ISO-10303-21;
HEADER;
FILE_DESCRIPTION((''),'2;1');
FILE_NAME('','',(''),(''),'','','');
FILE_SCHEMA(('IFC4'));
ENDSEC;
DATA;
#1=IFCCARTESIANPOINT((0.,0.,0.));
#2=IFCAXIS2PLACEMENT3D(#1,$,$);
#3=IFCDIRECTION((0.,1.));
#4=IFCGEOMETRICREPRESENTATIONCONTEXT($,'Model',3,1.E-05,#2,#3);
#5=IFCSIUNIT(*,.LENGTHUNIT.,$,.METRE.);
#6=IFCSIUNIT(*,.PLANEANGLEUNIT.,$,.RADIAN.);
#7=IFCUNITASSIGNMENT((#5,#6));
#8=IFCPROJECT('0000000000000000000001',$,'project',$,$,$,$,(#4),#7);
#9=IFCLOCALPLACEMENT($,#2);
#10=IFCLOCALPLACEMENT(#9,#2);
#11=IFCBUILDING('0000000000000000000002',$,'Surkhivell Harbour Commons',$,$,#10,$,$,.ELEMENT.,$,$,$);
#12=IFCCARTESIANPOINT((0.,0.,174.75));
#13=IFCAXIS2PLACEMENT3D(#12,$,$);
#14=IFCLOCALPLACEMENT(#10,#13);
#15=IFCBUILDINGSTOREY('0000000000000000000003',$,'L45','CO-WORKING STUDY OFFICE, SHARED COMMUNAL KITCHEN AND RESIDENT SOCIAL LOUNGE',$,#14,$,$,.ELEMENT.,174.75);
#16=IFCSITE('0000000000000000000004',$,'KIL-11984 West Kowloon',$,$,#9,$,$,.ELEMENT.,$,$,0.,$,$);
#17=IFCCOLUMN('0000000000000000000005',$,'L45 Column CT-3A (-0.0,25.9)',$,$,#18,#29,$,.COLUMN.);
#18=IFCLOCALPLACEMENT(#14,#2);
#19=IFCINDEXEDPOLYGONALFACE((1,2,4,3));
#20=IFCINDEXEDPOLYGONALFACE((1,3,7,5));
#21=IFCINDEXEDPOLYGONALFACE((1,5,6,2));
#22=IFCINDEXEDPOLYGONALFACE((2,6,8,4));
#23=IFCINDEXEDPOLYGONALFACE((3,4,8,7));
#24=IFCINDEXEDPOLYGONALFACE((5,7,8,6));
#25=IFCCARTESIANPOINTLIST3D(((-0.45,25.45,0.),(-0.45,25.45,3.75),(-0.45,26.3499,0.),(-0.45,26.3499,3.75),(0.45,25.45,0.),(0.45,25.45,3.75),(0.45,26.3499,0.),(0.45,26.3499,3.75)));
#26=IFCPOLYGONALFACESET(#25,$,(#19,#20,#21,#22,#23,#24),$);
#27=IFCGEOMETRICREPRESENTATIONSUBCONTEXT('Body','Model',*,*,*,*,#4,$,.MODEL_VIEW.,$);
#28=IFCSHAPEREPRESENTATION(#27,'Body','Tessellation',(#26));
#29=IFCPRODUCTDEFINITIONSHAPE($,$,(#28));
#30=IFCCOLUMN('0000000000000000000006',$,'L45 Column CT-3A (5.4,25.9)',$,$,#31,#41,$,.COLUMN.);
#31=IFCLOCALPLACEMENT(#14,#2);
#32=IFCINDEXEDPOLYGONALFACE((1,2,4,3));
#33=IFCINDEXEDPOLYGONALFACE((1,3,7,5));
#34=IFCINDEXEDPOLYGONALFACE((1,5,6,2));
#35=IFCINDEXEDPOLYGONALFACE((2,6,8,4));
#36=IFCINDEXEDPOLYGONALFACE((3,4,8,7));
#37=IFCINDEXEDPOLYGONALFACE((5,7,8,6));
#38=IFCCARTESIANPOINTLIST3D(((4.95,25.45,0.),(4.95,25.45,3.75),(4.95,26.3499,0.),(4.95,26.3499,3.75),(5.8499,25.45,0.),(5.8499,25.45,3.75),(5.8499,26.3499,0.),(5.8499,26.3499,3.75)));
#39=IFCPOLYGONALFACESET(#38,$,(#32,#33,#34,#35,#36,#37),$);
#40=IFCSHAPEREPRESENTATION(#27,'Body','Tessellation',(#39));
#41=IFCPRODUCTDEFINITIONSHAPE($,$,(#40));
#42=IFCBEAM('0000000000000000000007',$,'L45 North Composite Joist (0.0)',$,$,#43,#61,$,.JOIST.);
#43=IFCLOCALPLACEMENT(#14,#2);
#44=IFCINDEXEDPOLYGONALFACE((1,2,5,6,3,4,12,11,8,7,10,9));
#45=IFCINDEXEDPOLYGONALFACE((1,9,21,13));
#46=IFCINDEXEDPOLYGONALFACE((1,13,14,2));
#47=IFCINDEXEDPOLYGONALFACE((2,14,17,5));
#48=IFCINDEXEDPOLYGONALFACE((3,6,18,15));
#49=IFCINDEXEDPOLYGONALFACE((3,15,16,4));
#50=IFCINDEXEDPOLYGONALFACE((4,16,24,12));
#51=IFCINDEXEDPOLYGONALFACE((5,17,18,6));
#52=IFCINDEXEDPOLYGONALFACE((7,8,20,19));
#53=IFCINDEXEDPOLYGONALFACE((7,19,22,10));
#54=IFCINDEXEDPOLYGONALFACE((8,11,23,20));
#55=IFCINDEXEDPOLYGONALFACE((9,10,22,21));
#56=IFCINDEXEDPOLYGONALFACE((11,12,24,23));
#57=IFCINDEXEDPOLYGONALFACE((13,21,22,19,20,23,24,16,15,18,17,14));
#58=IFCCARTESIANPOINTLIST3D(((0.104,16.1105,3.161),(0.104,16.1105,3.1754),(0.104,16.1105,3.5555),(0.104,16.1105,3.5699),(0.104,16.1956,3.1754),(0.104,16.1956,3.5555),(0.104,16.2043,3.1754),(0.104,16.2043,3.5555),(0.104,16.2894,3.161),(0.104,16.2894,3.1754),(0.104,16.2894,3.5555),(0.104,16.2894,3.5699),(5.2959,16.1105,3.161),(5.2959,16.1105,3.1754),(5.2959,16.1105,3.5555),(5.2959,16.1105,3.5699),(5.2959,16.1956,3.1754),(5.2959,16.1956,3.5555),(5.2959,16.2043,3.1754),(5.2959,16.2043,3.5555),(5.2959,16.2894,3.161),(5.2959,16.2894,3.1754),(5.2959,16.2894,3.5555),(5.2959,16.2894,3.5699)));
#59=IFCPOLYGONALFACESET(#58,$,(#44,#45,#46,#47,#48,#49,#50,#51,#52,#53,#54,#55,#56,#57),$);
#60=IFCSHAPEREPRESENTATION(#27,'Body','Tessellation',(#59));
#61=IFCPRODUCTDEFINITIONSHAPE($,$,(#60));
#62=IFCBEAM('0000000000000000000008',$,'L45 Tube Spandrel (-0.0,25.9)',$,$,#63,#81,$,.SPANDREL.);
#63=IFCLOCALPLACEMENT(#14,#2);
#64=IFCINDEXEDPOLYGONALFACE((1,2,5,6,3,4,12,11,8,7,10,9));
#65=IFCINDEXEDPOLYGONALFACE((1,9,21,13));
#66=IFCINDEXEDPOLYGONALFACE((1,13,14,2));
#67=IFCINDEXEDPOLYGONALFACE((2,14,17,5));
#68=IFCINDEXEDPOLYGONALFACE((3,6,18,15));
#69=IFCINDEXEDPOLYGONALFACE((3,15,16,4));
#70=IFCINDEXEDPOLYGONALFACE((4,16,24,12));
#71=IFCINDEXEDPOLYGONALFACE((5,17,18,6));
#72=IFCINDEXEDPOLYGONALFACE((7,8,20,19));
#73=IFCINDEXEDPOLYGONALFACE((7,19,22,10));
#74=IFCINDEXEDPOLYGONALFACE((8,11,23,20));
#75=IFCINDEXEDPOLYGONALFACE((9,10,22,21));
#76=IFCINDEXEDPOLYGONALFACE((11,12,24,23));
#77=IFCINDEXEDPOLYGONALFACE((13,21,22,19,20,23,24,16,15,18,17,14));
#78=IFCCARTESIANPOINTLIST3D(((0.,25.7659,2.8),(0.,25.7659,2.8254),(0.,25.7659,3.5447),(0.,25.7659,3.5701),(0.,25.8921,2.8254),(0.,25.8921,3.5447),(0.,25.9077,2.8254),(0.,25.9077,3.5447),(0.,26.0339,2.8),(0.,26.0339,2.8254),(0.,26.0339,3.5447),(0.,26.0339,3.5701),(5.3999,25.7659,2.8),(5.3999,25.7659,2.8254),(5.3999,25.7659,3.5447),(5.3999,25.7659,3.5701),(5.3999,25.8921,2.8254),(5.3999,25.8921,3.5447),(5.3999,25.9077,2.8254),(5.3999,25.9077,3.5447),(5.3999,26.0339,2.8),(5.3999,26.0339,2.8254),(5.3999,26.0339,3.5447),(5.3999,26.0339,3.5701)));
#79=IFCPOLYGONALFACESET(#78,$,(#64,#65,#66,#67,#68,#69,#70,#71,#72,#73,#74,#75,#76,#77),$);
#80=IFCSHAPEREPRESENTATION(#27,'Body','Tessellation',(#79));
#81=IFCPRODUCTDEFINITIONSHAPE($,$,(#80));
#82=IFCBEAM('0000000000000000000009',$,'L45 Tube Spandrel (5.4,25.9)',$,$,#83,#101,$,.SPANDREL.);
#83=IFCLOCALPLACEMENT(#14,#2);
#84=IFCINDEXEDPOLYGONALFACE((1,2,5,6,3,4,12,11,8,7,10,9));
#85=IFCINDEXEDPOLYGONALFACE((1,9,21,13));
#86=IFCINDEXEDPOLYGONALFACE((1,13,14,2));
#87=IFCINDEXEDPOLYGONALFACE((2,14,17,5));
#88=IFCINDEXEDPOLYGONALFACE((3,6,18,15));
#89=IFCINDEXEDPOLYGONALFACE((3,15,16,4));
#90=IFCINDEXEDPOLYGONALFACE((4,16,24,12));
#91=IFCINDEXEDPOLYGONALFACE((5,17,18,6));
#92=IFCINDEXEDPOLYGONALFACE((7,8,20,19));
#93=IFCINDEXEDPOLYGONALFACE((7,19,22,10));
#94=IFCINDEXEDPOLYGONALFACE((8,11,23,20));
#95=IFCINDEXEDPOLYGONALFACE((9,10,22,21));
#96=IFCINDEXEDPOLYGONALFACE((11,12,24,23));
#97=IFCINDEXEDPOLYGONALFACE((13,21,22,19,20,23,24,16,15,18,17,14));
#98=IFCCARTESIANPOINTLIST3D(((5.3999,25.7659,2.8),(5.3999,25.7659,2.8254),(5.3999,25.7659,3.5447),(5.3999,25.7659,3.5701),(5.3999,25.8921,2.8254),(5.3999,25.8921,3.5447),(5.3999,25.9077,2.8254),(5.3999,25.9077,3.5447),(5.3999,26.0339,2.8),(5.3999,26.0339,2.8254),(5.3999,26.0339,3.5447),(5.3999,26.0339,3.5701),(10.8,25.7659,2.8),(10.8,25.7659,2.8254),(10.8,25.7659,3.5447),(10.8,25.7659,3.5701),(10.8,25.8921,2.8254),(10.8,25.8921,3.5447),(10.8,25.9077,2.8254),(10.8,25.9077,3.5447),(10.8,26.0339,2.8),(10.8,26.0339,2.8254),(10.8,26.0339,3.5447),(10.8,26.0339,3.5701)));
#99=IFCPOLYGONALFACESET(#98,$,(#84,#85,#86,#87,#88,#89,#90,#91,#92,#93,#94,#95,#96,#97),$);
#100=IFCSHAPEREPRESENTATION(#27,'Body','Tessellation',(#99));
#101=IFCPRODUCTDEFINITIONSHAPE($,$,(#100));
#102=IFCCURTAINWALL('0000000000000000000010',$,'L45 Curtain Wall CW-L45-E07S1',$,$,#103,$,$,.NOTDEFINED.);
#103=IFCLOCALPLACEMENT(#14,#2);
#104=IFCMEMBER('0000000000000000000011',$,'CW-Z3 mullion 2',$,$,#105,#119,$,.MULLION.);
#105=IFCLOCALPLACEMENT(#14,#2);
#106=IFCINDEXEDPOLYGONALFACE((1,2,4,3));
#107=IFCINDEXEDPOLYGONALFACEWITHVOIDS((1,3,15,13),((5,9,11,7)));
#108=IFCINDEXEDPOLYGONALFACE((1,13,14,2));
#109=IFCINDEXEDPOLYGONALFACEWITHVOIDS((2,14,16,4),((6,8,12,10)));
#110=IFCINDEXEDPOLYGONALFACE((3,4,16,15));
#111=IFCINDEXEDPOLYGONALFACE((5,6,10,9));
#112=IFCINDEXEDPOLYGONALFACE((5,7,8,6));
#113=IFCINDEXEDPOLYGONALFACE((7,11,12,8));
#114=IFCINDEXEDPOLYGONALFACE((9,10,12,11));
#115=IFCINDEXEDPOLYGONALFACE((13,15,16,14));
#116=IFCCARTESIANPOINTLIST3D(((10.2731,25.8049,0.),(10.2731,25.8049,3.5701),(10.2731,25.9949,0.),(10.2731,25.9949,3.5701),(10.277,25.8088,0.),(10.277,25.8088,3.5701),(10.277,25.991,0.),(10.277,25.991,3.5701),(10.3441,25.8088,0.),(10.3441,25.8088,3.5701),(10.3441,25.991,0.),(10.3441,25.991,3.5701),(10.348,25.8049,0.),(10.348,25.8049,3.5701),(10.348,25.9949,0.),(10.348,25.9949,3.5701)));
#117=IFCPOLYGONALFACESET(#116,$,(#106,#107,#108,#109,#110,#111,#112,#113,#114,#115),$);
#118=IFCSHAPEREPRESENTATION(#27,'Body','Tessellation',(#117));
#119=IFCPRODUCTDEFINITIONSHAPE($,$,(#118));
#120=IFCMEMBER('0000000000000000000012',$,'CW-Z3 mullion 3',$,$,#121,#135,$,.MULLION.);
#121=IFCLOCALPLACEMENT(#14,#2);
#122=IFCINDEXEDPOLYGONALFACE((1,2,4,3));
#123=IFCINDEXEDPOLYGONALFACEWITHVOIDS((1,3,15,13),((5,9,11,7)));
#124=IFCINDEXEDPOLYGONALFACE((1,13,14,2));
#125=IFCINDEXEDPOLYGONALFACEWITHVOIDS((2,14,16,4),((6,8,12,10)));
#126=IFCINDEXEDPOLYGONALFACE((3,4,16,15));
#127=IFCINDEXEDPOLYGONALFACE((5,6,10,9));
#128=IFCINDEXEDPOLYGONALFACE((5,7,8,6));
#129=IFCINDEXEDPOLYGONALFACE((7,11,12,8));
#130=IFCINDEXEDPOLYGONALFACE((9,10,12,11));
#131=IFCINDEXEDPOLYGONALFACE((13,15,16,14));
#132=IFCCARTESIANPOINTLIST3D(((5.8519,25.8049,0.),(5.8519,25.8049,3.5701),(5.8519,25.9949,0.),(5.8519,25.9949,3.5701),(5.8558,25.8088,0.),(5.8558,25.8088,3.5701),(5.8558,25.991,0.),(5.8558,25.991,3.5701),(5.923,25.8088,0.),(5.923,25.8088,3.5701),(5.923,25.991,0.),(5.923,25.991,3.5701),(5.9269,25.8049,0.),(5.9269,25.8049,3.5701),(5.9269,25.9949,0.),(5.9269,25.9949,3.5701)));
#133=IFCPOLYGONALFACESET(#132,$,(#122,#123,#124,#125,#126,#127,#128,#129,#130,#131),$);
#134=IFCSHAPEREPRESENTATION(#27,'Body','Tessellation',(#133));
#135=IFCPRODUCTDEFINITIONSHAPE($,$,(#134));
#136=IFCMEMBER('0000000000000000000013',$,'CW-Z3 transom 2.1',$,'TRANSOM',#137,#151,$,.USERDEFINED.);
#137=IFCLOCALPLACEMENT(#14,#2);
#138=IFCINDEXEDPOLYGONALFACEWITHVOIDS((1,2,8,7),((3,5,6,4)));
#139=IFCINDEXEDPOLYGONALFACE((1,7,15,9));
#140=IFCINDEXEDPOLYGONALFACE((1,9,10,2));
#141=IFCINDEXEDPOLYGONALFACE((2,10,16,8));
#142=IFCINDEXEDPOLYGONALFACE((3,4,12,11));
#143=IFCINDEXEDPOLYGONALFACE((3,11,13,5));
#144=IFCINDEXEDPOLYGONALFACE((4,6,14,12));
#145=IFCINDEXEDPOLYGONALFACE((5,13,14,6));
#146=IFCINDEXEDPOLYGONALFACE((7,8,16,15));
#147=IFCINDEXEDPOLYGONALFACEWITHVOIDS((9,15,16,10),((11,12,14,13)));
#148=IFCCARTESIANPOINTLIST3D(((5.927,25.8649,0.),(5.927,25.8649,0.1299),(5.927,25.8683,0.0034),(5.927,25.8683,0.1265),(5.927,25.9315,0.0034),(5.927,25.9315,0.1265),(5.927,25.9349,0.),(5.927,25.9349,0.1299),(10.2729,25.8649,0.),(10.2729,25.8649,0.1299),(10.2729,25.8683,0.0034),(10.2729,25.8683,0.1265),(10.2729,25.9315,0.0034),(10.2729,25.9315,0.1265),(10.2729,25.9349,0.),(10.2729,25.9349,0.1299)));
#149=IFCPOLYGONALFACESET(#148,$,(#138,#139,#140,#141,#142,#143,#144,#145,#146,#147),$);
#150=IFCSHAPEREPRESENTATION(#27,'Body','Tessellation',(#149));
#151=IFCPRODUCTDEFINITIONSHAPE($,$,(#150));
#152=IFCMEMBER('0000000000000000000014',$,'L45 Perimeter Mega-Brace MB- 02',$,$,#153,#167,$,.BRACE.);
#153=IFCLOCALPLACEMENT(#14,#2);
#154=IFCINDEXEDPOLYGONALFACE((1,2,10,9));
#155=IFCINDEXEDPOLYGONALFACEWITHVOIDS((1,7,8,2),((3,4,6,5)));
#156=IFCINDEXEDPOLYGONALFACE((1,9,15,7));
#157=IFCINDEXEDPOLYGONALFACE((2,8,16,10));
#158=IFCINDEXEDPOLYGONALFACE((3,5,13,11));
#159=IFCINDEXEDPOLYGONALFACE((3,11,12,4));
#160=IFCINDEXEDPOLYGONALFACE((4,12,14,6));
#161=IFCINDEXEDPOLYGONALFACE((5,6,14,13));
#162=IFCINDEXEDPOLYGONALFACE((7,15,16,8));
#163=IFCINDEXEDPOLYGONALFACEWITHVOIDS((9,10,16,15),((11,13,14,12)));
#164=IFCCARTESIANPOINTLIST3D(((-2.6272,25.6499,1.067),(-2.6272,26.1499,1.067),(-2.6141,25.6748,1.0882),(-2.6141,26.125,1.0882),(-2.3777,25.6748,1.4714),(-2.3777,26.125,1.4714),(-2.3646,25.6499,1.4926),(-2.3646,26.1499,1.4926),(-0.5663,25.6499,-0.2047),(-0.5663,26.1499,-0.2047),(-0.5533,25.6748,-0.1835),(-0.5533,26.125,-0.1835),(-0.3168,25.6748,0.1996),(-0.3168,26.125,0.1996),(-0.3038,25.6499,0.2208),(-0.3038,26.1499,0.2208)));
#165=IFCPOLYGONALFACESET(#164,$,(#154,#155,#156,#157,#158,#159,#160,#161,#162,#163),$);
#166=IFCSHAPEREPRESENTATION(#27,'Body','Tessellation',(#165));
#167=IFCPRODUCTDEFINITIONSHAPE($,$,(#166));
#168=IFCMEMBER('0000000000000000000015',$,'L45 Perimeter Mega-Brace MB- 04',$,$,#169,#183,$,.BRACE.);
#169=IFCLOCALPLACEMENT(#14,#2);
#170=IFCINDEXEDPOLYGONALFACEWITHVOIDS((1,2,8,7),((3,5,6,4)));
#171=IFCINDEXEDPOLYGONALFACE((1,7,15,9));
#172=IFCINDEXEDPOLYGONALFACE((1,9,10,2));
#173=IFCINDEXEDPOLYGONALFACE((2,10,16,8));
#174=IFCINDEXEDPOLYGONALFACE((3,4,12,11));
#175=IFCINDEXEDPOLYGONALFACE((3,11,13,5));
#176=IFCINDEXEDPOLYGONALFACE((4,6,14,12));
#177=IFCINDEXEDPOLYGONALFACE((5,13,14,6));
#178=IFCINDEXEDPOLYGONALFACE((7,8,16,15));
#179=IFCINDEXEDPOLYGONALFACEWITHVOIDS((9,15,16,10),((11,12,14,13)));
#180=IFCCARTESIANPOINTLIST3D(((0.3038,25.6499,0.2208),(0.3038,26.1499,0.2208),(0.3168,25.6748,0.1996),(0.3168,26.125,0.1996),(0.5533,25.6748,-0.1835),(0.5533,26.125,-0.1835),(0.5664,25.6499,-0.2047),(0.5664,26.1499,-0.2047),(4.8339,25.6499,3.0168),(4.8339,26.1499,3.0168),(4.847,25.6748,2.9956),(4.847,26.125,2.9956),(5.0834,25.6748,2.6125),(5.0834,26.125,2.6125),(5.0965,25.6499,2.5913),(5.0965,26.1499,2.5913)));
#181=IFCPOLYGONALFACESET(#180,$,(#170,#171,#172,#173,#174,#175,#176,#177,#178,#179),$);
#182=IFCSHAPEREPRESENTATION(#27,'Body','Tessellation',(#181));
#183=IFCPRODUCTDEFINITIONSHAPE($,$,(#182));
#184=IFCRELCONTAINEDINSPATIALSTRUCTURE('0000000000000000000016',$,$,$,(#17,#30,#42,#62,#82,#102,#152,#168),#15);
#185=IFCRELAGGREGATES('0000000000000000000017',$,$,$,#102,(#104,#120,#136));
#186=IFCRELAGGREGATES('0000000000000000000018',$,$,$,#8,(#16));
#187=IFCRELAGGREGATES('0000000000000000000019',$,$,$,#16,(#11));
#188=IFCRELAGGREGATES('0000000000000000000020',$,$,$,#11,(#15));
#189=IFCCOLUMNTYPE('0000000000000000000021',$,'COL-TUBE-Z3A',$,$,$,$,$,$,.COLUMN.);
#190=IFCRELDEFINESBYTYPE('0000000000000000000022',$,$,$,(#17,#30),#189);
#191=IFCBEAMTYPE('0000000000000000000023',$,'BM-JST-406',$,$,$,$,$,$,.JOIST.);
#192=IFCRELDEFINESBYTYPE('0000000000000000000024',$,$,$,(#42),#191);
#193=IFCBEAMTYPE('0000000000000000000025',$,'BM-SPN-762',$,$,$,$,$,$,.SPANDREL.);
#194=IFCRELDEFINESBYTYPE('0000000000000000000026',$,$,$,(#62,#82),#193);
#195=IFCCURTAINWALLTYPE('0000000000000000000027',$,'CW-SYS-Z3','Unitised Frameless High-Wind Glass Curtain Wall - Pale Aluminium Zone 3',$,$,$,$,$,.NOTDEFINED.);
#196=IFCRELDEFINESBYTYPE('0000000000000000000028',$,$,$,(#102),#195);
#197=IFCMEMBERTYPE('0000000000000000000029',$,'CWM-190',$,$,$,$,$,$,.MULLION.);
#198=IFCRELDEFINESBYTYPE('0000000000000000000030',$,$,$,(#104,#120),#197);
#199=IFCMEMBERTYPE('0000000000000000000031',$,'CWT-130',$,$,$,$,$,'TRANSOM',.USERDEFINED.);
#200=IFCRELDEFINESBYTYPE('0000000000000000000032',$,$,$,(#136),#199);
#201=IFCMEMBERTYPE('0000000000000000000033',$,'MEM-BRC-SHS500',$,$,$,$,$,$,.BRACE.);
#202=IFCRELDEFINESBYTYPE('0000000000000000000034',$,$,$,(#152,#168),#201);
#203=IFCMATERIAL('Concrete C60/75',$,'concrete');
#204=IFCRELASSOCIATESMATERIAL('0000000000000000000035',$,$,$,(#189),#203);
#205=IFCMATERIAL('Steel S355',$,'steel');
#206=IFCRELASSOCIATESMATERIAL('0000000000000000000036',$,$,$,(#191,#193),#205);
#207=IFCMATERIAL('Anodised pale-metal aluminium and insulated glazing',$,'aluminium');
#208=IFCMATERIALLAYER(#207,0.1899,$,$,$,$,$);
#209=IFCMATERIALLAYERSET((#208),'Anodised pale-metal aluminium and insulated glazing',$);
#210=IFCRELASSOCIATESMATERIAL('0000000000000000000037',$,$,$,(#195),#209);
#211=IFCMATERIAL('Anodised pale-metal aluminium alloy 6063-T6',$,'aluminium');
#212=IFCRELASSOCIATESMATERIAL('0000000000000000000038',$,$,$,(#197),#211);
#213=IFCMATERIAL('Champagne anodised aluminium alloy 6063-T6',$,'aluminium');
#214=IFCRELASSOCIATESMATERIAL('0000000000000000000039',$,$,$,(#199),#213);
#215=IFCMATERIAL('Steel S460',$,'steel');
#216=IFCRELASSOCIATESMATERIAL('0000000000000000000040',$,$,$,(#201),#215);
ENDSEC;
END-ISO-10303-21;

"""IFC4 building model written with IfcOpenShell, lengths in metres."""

from ifc_helpers import new_model, si_unit, direction, frame, origin, origin_2d, place, context, subcontext, project, spatial, rectangle, hollow_rectangle, i_section, extrude, material, layer, layer_set, material_profile, profile_set, type_object, element, aggregate, save


model = new_model("IFC4")

# Units and contexts
model_context = context("Model", 3, precision=1e-05, world=origin(), true_north=direction((0.0, 1.0)))
body_context = subcontext(model_context, "Body", "Model", "MODEL_VIEW")
ifc_project = project(units=[si_unit("LENGTHUNIT", "METRE"), si_unit("PLANEANGLEUNIT", "RADIAN")], contexts=[model_context])

# Site, building, storey
site_placement = place(None, origin())
site = spatial("IfcSite", under=ifc_project, at=site_placement, Name="KIL-11984 West Kowloon", CompositionType="ELEMENT", RefElevation=0.0)
building_placement = place(site_placement, origin())
building = spatial("IfcBuilding", under=site, at=building_placement, Name="Surkhivell Harbour Commons", CompositionType="ELEMENT")
storey_placement = place(building_placement, frame((0.0, 0.0, 174.75)))
storey = spatial("IfcBuildingStorey", under=building, at=storey_placement, Name="L45", Description="CO-WORKING STUDY OFFICE, SHARED COMMUNAL KITCHEN AND RESIDENT SOCIAL LOUNGE", CompositionType="ELEMENT", Elevation=174.75)

# Columns
ifc_material_1 = material(Name="Concrete C60/75", Category="concrete")
ifc_material_profile_1 = material_profile(ifc_material_1, rectangle(XDim=0.8999, YDim=0.8999, at=origin_2d()), Name="RC-COL-900x900")
ifc_profile_set_1 = profile_set([ifc_material_profile_1], Name="Concrete C60/75")
column_type = type_object("IfcColumnType", Name="COL-TUBE-Z3A", PredefinedType="COLUMN", material=ifc_profile_set_1)
for number, where, z_axis, x_axis, name in (
    (1, (0.0, 25.8999, 0.0), (0.0, 0.0, 1.0), (1.0, 0.0, 0.0), "L45 Column CT-3A (-0.0,25.9)"),
    (2, (5.3999, 25.8999, 0.0), (0.0, 0.0, 1.0), (1.0, 0.0, 0.0), "L45 Column CT-3A (5.4,25.9)"),
):
    element("IfcColumn", number, at=place(storey_placement, frame(where, z_axis=z_axis, x_axis=x_axis)), inside=storey, type_object=column_type, Name=name, PredefinedType="COLUMN", context=body_context, shape_type="SweptSolid", body=[
        extrude(rectangle(XDim=0.8999, YDim=0.8999, at=origin_2d()), origin(), (0.0, 0.0, 1.0), 3.75),
    ])

# Beams
ifc_material_2 = material(Name="Steel S355", Category="steel")
ifc_material_profile_2 = material_profile(ifc_material_2, i_section(OverallWidth=0.179, OverallDepth=0.4089, WebThickness=0.0088, FlangeThickness=0.0144, at=origin_2d()), Name="UB406x178x67")
ifc_profile_set_2 = profile_set([ifc_material_profile_2], Name="Steel S355")
beam_type_1 = type_object("IfcBeamType", Name="BM-JST-406", PredefinedType="JOIST", material=ifc_profile_set_2)
beam_1_placement = place(storey_placement, frame((0.104, 16.2, 3.3655), z_axis=(1.0, 0.0, 0.0), x_axis=(0.0, 1.0, 0.0)))
element("IfcBeam", 3, at=beam_1_placement, inside=storey, type_object=beam_type_1, Name="L45 North Composite Joist (0.0)", PredefinedType="JOIST", context=body_context, shape_type="SweptSolid", body=[
    extrude(i_section(OverallWidth=0.179, OverallDepth=0.4089, WebThickness=0.0088, FlangeThickness=0.0144, at=origin_2d()), origin(), (0.0, 0.0, 1.0), 5.1919),
])
ifc_material_profile_3 = material_profile(ifc_material_2, i_section(OverallWidth=0.2681, OverallDepth=0.77, WebThickness=0.0156, FlangeThickness=0.0254, at=origin_2d()), Name="UB762x267x197")
ifc_profile_set_3 = profile_set([ifc_material_profile_3], Name="Steel S355")
beam_type_2 = type_object("IfcBeamType", Name="BM-SPN-762", PredefinedType="SPANDREL", material=ifc_profile_set_3)
beam_2_placement = place(storey_placement, frame((0.0, 25.8999, 3.1851), z_axis=(1.0, 0.0, 0.0), x_axis=(0.0, 1.0, 0.0)))
element("IfcBeam", 4, at=beam_2_placement, inside=storey, type_object=beam_type_2, Name="L45 Tube Spandrel (-0.0,25.9)", PredefinedType="SPANDREL", context=body_context, shape_type="SweptSolid", body=[
    extrude(i_section(OverallWidth=0.2681, OverallDepth=0.77, WebThickness=0.0156, FlangeThickness=0.0254, at=origin_2d()), origin(), (0.0, 0.0, 1.0), 5.3999),
])
beam_3_placement = place(storey_placement, frame((5.3999, 25.8999, 3.1851), z_axis=(1.0, 0.0, 0.0), x_axis=(0.0, 1.0, 0.0)))
element("IfcBeam", 5, at=beam_3_placement, inside=storey, type_object=beam_type_2, Name="L45 Tube Spandrel (5.4,25.9)", PredefinedType="SPANDREL", context=body_context, shape_type="SweptSolid", body=[
    extrude(i_section(OverallWidth=0.2681, OverallDepth=0.77, WebThickness=0.0156, FlangeThickness=0.0254, at=origin_2d()), origin(), (0.0, 0.0, 1.0), 5.4001),
])

# Curtain wall, members
ifc_material_3 = material(Name="Anodised pale-metal aluminium and insulated glazing", Category="aluminium")
ifc_layer_1 = layer(ifc_material_3, 0.1899)
ifc_layer_set_1 = layer_set([ifc_layer_1], Name="Anodised pale-metal aluminium and insulated glazing")
curtain_wall_type = type_object("IfcCurtainWallType", Name="CW-SYS-Z3", Description="Unitised Frameless High-Wind Glass Curtain Wall - Pale Aluminium Zone 3", PredefinedType="NOTDEFINED", material=ifc_layer_set_1)
curtain_wall_placement = place(storey_placement, origin())
curtain_wall = element("IfcCurtainWall", 6, at=curtain_wall_placement, inside=storey, type_object=curtain_wall_type, Name="L45 Curtain Wall CW-L45-E07S1", PredefinedType="NOTDEFINED")
ifc_material_4 = material(Name="Anodised pale-metal aluminium alloy 6063-T6", Category="aluminium")
ifc_material_profile_4 = material_profile(ifc_material_4, hollow_rectangle(XDim=0.075, YDim=0.1899, WallThickness=0.0039, at=origin_2d()), Name="ALU-MULL-75x190")
ifc_profile_set_4 = profile_set([ifc_material_profile_4], Name="Anodised pale-metal aluminium alloy 6063-T6")
member_type_1 = type_object("IfcMemberType", Name="CWM-190", PredefinedType="MULLION", material=ifc_profile_set_4)
member_1_placement = place(storey_placement, frame((10.3105, 25.8999, 0.0), z_axis=(0.0, 0.0, 1.0), x_axis=(-1.0, 0.0, 0.0)))
member_1 = element("IfcMember", 7, at=member_1_placement, type_object=member_type_1, Name="CW-Z3 mullion 2", PredefinedType="MULLION", context=body_context, shape_type="SweptSolid", body=[
    extrude(hollow_rectangle(XDim=0.075, YDim=0.1899, WallThickness=0.0039, at=origin_2d()), origin(), (0.0, 0.0, 1.0), 3.5701),
])
member_2_placement = place(storey_placement, frame((5.8894, 25.8999, 0.0), z_axis=(0.0, 0.0, 1.0), x_axis=(-1.0, 0.0, 0.0)))
member_2 = element("IfcMember", 8, at=member_2_placement, type_object=member_type_1, Name="CW-Z3 mullion 3", PredefinedType="MULLION", context=body_context, shape_type="SweptSolid", body=[
    extrude(hollow_rectangle(XDim=0.075, YDim=0.1899, WallThickness=0.0039, at=origin_2d()), origin(), (0.0, 0.0, 1.0), 3.5701),
])
ifc_material_5 = material(Name="Champagne anodised aluminium alloy 6063-T6", Category="aluminium")
ifc_material_profile_5 = material_profile(ifc_material_5, hollow_rectangle(XDim=0.0701, YDim=0.1299, WallThickness=0.0034, at=origin_2d()), Name="ALU-TRAN-70x130")
ifc_profile_set_5 = profile_set([ifc_material_profile_5], Name="Champagne anodised aluminium alloy 6063-T6")
member_type_2 = type_object("IfcMemberType", Name="CWT-130", ElementType="TRANSOM", PredefinedType="USERDEFINED", material=ifc_profile_set_5)
member_3_placement = place(storey_placement, frame((10.2729, 25.8999, 0.0649), z_axis=(-1.0, 0.0, 0.0), x_axis=(0.0, -1.0, 0.0)))
member_3 = element("IfcMember", 9, at=member_3_placement, type_object=member_type_2, Name="CW-Z3 transom 2.1", ObjectType="TRANSOM", PredefinedType="USERDEFINED", context=body_context, shape_type="SweptSolid", body=[
    extrude(hollow_rectangle(XDim=0.0701, YDim=0.1299, WallThickness=0.0034, at=origin_2d()), origin(), (0.0, 0.0, 1.0), 4.3459),
])

# Members
ifc_material_6 = material(Name="Steel S460", Category="steel")
ifc_material_profile_6 = material_profile(ifc_material_6, hollow_rectangle(XDim=0.5, YDim=0.5, WallThickness=0.0249, at=origin_2d()), Name="SHS500x500x25")
ifc_profile_set_6 = profile_set([ifc_material_profile_6], Name="Steel S460")
member_type_3 = type_object("IfcMemberType", Name="MEM-BRC-SHS500", PredefinedType="BRACE", material=ifc_profile_set_6)
member_4_placement = place(storey_placement, frame((-0.4351, 25.8999, 0.0081), z_axis=(-0.851003, 0.0, 0.52516), x_axis=(0.0, -1.0, 0.0)))
element("IfcMember", 10, at=member_4_placement, inside=storey, type_object=member_type_3, Name="L45 Perimeter Mega-Brace MB- 02", PredefinedType="BRACE", context=body_context, shape_type="SweptSolid", body=[
    extrude(hollow_rectangle(XDim=0.5, YDim=0.5, WallThickness=0.0249, at=origin_2d()), origin(), (0.0, 0.0, 1.0), 2.4216),
])
member_5_placement = place(storey_placement, frame((0.4351, 25.8999, 0.0081), z_axis=(0.850971, 0.0, 0.525213), x_axis=(0.0, 1.0, 0.0)))
element("IfcMember", 11, at=member_5_placement, inside=storey, type_object=member_type_3, Name="L45 Perimeter Mega-Brace MB- 04", PredefinedType="BRACE", context=body_context, shape_type="SweptSolid", body=[
    extrude(hollow_rectangle(XDim=0.5, YDim=0.5, WallThickness=0.0249, at=origin_2d()), origin(), (0.0, 0.0, 1.0), 5.3235),
])

aggregate(curtain_wall, [member_1, member_2, member_3])

save(model, "model.ifc")
